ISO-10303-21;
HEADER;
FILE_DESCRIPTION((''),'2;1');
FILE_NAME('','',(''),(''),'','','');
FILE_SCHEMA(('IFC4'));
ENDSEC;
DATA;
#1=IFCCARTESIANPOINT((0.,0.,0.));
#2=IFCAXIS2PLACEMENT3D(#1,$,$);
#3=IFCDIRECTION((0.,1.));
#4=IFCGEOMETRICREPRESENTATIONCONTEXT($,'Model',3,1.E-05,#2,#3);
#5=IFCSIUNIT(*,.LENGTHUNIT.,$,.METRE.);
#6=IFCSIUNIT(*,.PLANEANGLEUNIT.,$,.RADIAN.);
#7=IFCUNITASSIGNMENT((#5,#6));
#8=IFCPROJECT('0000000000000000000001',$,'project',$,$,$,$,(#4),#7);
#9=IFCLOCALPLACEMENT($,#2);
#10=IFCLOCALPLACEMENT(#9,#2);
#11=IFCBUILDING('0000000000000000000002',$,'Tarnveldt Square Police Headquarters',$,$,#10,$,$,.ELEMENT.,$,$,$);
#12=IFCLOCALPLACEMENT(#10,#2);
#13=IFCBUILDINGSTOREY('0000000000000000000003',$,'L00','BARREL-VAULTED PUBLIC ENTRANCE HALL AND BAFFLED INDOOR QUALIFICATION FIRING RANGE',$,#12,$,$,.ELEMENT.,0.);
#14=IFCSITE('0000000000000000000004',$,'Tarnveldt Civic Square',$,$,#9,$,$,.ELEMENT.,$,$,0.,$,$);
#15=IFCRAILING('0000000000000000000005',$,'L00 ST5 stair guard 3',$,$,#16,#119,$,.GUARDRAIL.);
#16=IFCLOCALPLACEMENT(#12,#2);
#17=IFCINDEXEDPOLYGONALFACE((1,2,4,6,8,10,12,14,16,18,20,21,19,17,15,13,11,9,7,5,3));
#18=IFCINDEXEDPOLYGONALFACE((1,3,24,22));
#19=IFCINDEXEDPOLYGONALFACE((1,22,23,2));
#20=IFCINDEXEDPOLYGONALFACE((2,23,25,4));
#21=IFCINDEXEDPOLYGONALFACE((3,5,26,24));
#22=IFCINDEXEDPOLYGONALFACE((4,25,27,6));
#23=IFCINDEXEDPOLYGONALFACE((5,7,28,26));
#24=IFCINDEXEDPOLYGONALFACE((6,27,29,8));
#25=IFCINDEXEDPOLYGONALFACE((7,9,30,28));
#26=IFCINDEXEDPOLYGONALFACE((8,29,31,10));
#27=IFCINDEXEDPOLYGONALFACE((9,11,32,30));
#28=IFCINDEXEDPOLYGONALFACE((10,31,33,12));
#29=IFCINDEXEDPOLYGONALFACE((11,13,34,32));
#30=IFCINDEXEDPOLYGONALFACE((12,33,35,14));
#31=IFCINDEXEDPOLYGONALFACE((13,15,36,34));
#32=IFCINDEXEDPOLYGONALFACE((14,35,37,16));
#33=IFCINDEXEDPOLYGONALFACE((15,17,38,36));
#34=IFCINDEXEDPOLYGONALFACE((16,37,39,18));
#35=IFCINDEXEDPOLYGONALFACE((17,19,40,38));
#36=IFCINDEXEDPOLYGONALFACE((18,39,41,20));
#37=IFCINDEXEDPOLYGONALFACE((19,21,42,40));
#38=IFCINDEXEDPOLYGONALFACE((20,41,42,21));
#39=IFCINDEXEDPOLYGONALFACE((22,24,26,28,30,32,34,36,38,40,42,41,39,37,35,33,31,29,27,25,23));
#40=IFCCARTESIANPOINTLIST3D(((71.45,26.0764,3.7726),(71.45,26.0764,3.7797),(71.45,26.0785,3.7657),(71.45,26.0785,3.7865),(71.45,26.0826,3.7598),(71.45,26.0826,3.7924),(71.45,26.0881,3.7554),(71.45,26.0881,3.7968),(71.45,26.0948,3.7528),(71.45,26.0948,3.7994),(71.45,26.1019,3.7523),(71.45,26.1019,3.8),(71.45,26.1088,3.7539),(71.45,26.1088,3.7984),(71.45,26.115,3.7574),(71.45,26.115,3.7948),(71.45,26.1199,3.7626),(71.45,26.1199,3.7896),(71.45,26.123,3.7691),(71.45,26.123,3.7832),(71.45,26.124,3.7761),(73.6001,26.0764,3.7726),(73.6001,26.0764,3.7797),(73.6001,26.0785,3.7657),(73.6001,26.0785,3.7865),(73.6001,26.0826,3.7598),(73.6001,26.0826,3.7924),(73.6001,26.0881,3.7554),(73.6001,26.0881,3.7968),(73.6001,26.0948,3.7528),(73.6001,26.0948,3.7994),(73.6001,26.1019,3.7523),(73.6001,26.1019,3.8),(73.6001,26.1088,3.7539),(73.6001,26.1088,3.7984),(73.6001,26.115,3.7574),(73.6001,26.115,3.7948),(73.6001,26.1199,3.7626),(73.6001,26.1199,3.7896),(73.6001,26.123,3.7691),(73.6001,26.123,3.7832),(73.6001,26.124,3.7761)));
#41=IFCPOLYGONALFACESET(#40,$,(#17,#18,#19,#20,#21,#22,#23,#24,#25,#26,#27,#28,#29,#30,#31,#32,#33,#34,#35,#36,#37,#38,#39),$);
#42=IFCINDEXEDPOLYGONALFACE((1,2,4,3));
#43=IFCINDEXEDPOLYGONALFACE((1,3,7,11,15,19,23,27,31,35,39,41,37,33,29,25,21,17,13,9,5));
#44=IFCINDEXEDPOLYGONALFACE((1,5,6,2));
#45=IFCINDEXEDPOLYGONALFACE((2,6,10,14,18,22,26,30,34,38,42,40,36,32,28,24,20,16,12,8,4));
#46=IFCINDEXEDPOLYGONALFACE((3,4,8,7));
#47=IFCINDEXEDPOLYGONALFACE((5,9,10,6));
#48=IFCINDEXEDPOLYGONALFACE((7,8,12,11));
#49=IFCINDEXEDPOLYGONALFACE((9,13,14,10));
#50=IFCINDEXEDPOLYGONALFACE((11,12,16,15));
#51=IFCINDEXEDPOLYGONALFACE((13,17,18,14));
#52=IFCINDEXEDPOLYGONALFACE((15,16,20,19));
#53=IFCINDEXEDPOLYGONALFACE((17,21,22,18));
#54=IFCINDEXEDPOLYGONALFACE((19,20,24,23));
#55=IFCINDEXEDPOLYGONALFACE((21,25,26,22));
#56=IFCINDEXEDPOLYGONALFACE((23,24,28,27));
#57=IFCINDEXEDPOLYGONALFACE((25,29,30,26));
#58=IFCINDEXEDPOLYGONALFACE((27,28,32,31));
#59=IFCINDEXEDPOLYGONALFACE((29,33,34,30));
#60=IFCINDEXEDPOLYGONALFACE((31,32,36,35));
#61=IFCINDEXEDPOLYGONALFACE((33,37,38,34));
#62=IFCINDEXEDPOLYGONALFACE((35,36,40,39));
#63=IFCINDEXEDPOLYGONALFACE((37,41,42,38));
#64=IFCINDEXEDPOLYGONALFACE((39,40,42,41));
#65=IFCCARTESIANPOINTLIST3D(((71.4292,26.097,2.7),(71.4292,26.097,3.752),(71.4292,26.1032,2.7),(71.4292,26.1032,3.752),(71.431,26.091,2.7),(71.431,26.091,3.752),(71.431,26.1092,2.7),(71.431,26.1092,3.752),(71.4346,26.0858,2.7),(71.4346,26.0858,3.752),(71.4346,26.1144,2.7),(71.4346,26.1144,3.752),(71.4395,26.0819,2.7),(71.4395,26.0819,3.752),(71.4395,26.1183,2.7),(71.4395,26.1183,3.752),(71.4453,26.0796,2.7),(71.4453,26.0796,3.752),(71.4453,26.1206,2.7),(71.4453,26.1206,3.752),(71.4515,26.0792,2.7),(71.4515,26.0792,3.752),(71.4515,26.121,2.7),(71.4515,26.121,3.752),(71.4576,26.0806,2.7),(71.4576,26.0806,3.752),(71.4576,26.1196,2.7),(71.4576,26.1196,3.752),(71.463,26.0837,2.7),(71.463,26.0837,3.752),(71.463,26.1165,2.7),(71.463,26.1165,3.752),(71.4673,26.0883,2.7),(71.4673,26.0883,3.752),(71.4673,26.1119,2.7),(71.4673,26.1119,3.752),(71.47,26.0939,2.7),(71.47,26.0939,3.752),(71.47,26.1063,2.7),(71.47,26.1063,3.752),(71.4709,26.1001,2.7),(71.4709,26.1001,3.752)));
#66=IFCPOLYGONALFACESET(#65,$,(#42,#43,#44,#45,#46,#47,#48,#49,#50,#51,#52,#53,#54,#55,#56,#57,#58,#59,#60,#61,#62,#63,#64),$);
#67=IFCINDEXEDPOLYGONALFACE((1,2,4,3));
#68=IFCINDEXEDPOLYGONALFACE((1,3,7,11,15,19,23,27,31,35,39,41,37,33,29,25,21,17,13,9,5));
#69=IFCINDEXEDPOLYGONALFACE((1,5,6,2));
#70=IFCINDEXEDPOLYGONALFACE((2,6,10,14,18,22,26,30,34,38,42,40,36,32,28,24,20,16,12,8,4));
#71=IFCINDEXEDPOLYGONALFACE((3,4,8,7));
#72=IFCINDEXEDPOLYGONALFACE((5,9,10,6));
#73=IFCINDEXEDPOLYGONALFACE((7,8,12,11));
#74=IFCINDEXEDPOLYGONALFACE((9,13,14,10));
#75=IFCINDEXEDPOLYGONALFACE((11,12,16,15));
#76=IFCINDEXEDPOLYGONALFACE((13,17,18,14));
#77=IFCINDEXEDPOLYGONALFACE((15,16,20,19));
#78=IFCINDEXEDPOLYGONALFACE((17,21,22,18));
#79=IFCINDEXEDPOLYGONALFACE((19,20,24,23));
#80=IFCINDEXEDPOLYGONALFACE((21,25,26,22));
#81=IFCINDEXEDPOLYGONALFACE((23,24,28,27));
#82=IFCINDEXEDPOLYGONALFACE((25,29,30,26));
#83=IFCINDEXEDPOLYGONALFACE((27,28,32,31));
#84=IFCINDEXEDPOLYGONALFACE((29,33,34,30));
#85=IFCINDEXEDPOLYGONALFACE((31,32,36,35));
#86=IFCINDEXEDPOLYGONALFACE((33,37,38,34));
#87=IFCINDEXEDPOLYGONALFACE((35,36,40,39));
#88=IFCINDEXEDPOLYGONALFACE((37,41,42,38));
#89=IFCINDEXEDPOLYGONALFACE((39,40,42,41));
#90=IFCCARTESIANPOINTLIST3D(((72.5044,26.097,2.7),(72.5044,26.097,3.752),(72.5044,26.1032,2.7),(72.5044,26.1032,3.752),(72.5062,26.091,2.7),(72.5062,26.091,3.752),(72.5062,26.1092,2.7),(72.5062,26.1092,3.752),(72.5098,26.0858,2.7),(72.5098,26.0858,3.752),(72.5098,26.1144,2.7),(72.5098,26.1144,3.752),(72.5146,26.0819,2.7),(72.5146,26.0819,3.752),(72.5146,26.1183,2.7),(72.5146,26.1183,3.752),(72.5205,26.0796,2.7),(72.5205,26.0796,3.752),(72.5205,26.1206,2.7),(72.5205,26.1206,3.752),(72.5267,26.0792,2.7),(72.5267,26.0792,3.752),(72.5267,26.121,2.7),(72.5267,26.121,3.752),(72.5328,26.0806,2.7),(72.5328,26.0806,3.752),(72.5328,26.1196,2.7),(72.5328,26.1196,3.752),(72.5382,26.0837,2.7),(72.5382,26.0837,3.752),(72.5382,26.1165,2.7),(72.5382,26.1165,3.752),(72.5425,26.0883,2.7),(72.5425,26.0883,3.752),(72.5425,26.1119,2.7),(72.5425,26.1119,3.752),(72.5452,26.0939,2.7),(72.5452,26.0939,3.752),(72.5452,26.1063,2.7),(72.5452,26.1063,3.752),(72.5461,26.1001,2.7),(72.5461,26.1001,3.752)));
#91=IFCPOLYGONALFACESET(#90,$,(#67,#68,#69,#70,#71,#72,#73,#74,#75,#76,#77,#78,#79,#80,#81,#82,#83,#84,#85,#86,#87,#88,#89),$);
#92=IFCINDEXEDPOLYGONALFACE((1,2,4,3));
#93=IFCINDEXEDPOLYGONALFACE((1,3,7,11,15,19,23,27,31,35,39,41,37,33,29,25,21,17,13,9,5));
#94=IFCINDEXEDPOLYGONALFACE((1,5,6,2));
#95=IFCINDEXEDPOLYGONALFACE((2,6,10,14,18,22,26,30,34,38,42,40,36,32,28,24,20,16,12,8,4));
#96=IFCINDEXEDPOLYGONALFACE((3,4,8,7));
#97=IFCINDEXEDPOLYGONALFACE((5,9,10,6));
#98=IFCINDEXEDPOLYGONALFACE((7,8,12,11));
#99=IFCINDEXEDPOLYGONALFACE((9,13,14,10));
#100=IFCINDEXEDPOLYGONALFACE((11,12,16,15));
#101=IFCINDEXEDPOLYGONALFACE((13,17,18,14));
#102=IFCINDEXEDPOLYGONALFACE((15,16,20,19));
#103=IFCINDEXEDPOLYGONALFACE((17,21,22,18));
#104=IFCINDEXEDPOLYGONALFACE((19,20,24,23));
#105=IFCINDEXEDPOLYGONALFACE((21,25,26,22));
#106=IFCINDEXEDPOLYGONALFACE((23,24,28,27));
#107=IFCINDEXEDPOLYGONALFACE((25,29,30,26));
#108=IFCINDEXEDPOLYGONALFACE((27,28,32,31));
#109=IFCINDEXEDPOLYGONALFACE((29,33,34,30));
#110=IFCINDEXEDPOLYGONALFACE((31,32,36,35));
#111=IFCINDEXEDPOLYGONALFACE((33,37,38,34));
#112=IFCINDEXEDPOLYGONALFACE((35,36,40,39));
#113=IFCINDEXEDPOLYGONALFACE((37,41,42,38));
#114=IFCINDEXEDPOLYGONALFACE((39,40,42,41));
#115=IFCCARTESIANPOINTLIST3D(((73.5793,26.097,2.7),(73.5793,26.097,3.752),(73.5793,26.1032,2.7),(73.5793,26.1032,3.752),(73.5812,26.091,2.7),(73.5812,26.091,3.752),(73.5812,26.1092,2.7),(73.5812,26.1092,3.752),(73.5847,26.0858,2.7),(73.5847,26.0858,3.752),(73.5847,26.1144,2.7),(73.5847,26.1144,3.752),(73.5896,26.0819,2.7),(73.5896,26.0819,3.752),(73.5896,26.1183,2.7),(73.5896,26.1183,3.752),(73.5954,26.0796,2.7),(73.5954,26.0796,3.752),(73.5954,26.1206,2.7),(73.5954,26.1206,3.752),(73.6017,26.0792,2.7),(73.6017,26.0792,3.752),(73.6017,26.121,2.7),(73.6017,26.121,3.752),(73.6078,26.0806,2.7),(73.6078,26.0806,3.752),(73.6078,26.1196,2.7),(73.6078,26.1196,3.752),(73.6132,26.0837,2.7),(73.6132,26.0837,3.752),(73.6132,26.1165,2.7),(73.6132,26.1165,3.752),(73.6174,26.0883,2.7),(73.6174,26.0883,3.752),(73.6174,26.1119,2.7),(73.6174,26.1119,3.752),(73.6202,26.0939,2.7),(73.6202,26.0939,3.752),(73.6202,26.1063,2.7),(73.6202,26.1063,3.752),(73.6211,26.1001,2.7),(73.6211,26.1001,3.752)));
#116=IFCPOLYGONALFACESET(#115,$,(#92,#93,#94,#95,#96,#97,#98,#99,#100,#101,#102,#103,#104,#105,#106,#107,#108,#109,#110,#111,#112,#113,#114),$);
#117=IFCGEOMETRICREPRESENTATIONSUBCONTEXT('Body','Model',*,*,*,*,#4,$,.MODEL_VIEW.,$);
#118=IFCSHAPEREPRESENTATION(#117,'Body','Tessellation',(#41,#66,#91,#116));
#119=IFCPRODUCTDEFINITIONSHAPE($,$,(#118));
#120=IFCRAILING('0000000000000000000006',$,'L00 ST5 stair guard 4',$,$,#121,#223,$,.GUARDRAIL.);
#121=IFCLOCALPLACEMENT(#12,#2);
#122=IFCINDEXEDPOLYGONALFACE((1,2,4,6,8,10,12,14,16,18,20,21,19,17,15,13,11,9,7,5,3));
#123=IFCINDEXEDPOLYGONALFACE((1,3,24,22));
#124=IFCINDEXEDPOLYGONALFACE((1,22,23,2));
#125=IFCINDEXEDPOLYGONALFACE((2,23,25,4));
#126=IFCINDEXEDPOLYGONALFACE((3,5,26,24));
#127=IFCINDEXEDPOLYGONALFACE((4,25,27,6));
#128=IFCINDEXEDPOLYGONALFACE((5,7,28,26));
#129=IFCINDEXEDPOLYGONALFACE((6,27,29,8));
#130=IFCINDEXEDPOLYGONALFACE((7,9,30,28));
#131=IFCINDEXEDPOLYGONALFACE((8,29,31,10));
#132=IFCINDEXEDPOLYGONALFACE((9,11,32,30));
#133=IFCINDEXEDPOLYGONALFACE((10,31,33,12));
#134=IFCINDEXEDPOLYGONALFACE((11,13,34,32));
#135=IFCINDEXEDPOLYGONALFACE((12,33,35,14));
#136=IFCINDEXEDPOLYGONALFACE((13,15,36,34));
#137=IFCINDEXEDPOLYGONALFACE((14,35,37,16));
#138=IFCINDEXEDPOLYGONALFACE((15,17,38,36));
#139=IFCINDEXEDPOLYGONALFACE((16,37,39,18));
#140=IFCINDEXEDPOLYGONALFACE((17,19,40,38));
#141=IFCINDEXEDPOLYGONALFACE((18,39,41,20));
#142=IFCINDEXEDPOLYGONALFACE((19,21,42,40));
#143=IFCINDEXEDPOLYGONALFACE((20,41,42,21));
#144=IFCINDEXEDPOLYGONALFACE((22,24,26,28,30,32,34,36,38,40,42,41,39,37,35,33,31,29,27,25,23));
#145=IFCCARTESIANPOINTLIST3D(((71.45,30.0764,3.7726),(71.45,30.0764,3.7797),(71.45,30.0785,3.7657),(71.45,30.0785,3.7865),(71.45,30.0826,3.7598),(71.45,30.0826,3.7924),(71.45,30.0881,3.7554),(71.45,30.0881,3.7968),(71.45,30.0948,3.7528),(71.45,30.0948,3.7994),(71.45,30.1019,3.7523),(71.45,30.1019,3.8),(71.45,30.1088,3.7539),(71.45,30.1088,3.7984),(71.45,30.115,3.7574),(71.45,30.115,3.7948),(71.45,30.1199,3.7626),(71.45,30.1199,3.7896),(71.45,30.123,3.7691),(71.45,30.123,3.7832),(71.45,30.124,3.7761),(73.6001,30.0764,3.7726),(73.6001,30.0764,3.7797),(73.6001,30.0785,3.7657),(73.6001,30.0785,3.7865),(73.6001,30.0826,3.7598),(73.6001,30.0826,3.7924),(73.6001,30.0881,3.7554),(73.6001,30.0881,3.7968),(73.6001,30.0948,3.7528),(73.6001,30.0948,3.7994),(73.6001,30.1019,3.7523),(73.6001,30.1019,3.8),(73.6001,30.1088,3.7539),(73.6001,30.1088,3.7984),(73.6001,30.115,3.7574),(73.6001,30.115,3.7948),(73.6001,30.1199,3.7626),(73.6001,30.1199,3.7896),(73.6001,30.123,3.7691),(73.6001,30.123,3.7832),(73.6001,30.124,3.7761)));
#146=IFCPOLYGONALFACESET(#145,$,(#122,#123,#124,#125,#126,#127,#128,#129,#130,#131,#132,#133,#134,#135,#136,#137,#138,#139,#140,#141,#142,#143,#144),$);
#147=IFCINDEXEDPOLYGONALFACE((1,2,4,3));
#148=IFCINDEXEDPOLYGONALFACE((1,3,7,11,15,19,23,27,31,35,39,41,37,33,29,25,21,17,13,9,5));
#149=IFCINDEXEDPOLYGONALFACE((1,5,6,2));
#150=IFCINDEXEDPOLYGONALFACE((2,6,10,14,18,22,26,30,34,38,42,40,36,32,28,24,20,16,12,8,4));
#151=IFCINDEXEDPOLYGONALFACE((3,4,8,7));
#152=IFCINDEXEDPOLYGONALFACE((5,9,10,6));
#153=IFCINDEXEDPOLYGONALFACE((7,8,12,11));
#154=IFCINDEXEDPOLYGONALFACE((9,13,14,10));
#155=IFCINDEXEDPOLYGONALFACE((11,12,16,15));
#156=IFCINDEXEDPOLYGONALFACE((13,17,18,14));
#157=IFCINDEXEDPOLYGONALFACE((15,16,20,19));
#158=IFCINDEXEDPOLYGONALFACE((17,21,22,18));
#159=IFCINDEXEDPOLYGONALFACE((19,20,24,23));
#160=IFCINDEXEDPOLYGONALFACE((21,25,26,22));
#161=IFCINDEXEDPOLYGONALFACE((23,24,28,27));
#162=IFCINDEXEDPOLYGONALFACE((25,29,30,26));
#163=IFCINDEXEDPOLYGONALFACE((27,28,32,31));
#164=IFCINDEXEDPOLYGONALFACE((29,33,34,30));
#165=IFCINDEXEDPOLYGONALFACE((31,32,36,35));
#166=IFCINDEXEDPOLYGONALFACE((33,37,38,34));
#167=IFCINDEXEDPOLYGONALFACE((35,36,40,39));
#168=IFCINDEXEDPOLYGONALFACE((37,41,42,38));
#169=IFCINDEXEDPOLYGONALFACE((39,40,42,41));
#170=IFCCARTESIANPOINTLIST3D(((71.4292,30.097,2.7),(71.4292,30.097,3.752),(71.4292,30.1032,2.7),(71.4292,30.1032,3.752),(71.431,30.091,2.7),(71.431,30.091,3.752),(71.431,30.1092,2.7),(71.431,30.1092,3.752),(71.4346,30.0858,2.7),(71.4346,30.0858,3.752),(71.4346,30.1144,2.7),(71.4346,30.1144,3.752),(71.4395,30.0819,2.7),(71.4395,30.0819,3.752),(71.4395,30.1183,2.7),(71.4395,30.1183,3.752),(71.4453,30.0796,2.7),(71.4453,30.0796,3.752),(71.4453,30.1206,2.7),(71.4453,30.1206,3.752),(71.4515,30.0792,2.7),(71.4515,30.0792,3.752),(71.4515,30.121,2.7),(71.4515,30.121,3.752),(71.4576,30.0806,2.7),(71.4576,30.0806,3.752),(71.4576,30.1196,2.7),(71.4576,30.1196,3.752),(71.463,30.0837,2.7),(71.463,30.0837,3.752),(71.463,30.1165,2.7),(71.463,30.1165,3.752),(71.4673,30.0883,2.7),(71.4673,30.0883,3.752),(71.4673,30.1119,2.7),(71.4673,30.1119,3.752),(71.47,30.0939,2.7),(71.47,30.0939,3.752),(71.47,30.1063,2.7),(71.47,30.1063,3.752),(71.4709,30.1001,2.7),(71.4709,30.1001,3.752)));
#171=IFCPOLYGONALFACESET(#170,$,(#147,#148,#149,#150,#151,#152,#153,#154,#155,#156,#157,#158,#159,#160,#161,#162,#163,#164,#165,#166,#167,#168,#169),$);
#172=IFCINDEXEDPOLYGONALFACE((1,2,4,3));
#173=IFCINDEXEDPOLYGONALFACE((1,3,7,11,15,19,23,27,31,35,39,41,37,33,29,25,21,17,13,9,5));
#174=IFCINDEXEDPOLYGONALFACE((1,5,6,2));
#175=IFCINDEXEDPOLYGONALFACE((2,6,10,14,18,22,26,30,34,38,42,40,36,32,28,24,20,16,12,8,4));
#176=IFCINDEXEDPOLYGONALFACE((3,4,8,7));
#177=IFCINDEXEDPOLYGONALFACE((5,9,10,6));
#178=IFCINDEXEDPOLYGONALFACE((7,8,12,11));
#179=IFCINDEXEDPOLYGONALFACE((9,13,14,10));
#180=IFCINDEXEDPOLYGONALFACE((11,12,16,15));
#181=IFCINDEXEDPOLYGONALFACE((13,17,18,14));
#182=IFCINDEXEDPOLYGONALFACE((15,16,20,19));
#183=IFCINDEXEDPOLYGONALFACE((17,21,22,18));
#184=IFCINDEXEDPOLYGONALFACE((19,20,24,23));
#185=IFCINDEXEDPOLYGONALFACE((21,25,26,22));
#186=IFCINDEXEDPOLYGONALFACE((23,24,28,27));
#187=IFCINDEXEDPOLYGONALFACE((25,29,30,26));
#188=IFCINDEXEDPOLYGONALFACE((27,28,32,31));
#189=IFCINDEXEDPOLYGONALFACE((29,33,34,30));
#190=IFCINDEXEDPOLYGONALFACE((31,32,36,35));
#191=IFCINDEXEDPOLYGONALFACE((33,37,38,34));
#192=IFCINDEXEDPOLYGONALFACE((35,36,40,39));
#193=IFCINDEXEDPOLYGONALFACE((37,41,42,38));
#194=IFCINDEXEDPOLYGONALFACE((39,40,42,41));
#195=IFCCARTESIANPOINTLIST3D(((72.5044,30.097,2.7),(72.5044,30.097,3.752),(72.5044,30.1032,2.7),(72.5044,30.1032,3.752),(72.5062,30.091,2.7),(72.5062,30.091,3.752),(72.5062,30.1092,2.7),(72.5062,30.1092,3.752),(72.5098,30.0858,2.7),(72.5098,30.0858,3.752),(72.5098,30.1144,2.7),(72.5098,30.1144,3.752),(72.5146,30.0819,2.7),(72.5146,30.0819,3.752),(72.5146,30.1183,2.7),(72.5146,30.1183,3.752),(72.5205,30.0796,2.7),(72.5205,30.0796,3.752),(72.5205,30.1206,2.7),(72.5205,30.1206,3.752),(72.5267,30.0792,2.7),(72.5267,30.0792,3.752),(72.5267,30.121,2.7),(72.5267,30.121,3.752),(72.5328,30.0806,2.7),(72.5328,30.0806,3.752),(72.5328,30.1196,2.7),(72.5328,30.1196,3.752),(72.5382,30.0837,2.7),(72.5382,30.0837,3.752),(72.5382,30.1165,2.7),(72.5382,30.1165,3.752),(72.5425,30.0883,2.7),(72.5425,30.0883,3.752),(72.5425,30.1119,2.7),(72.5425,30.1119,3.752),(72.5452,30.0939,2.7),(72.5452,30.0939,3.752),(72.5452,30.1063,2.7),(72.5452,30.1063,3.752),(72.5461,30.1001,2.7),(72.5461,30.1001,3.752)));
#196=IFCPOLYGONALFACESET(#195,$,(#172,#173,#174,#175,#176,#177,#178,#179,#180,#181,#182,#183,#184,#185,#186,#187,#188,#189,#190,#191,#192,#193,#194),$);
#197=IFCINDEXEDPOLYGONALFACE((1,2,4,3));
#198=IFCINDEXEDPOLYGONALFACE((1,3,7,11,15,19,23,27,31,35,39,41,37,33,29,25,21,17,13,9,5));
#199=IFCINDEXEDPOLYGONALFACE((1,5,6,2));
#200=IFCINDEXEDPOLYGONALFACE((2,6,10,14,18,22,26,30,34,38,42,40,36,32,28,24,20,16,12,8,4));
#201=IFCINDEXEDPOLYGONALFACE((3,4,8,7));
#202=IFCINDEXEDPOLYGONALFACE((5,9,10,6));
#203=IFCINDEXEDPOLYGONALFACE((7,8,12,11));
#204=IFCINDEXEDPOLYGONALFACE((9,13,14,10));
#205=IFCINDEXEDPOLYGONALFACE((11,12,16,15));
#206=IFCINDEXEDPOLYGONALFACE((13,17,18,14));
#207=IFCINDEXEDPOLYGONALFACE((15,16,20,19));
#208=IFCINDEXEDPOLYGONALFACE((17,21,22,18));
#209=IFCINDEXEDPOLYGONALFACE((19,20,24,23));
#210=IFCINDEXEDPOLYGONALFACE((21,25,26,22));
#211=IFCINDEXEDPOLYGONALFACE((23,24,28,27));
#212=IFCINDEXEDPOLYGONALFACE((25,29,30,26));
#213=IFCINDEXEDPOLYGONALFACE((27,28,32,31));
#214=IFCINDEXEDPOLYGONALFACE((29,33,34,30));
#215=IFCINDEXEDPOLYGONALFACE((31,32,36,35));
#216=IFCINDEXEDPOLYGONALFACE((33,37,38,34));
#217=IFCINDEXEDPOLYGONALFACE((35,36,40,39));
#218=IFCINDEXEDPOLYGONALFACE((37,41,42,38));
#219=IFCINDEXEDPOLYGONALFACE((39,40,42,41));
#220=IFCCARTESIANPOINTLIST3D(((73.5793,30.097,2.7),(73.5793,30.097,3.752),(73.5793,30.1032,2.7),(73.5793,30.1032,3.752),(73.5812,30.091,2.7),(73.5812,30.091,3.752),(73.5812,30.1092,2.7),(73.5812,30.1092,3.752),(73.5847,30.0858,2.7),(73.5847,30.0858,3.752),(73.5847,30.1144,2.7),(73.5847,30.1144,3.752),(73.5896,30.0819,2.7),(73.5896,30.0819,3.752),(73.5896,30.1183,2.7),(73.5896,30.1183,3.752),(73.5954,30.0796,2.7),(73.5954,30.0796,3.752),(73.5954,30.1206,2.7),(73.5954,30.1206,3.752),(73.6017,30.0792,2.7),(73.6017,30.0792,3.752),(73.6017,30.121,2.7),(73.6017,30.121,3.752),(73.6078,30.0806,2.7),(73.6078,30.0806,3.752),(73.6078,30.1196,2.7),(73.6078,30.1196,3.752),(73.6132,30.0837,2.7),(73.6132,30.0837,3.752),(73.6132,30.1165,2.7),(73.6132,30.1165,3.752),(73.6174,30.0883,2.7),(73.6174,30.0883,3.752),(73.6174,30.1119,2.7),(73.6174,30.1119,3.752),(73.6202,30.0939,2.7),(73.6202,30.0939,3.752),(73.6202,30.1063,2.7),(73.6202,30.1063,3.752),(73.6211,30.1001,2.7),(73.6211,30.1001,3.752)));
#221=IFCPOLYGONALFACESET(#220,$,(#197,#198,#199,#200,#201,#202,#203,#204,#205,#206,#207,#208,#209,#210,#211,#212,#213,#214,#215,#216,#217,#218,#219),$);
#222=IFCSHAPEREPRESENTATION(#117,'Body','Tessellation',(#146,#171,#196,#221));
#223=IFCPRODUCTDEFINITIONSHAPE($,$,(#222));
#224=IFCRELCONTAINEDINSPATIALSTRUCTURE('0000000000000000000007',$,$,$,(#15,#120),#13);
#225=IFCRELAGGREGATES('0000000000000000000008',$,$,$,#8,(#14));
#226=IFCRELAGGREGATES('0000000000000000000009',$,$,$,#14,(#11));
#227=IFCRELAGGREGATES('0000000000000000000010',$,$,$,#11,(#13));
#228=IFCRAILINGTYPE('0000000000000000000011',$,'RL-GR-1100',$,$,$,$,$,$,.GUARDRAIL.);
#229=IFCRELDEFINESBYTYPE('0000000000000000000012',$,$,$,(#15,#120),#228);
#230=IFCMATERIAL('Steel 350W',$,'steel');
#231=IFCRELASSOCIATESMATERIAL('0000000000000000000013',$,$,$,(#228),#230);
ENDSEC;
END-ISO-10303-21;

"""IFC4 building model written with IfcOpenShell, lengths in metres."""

from ifc_helpers import new_model, si_unit, direction, frame, origin, origin_2d, place, context, subcontext, project, spatial, circle, extrude, material, type_object, element, save


model = new_model("IFC4")

# Units and contexts
model_context = context("Model", 3, precision=1e-05, world=origin(), true_north=direction((0.0, 1.0)))
body_context = subcontext(model_context, "Body", "Model", "MODEL_VIEW")
ifc_project = project(units=[si_unit("LENGTHUNIT", "METRE"), si_unit("PLANEANGLEUNIT", "RADIAN")], contexts=[model_context])

# Site, building, storey
site_placement = place(None, origin())
site = spatial("IfcSite", under=ifc_project, at=site_placement, Name="Tarnveldt Civic Square", CompositionType="ELEMENT", RefElevation=0.0)
building_placement = place(site_placement, origin())
building = spatial("IfcBuilding", under=site, at=building_placement, Name="Tarnveldt Square Police Headquarters", CompositionType="ELEMENT")
storey_placement = place(building_placement, origin())
storey = spatial("IfcBuildingStorey", under=building, at=storey_placement, Name="L00", Description="BARREL-VAULTED PUBLIC ENTRANCE HALL AND BAFFLED INDOOR QUALIFICATION FIRING RANGE", CompositionType="ELEMENT", Elevation=0.0)

# Shared definitions
ifc_material_1 = material(Name="Steel 350W", Category="steel")

# Railings
railing_type_1 = type_object("IfcRailingType", Name="RL-GR-1100", PredefinedType="GUARDRAIL", material=ifc_material_1)
for number, where, name in (
    (1, (71.45, 26.1001, 2.7), "L00 ST5 stair guard 3"),
    (2, (71.45, 30.1001, 2.7), "L00 ST5 stair guard 4"),
):
    element("IfcRailing", number, at=place(storey_placement, frame(where)), inside=storey, type_object=railing_type_1, Name=name, PredefinedType="GUARDRAIL", context=body_context, shape_type="SweptSolid", body=[
        extrude(circle(Radius=0.0239, at=origin_2d()), frame((0.0, 0.0, 1.0762), z_axis=(1.0, 0.0, 0.0), x_axis=(0.0, 1.0, 0.0)), (0.0, 0.0, 1.0), 2.1501),
        extrude(circle(Radius=0.021, at=origin_2d()), origin(), (0.0, 0.0, 1.0), 1.052),
        extrude(circle(Radius=0.021, at=origin_2d()), frame((1.0752, 0.0, 0.0)), (0.0, 0.0, 1.0), 1.052),
        extrude(circle(Radius=0.021, at=origin_2d()), frame((2.1501, 0.0, 0.0)), (0.0, 0.0, 1.0), 1.052),
    ])

save(model, "model.ifc")
